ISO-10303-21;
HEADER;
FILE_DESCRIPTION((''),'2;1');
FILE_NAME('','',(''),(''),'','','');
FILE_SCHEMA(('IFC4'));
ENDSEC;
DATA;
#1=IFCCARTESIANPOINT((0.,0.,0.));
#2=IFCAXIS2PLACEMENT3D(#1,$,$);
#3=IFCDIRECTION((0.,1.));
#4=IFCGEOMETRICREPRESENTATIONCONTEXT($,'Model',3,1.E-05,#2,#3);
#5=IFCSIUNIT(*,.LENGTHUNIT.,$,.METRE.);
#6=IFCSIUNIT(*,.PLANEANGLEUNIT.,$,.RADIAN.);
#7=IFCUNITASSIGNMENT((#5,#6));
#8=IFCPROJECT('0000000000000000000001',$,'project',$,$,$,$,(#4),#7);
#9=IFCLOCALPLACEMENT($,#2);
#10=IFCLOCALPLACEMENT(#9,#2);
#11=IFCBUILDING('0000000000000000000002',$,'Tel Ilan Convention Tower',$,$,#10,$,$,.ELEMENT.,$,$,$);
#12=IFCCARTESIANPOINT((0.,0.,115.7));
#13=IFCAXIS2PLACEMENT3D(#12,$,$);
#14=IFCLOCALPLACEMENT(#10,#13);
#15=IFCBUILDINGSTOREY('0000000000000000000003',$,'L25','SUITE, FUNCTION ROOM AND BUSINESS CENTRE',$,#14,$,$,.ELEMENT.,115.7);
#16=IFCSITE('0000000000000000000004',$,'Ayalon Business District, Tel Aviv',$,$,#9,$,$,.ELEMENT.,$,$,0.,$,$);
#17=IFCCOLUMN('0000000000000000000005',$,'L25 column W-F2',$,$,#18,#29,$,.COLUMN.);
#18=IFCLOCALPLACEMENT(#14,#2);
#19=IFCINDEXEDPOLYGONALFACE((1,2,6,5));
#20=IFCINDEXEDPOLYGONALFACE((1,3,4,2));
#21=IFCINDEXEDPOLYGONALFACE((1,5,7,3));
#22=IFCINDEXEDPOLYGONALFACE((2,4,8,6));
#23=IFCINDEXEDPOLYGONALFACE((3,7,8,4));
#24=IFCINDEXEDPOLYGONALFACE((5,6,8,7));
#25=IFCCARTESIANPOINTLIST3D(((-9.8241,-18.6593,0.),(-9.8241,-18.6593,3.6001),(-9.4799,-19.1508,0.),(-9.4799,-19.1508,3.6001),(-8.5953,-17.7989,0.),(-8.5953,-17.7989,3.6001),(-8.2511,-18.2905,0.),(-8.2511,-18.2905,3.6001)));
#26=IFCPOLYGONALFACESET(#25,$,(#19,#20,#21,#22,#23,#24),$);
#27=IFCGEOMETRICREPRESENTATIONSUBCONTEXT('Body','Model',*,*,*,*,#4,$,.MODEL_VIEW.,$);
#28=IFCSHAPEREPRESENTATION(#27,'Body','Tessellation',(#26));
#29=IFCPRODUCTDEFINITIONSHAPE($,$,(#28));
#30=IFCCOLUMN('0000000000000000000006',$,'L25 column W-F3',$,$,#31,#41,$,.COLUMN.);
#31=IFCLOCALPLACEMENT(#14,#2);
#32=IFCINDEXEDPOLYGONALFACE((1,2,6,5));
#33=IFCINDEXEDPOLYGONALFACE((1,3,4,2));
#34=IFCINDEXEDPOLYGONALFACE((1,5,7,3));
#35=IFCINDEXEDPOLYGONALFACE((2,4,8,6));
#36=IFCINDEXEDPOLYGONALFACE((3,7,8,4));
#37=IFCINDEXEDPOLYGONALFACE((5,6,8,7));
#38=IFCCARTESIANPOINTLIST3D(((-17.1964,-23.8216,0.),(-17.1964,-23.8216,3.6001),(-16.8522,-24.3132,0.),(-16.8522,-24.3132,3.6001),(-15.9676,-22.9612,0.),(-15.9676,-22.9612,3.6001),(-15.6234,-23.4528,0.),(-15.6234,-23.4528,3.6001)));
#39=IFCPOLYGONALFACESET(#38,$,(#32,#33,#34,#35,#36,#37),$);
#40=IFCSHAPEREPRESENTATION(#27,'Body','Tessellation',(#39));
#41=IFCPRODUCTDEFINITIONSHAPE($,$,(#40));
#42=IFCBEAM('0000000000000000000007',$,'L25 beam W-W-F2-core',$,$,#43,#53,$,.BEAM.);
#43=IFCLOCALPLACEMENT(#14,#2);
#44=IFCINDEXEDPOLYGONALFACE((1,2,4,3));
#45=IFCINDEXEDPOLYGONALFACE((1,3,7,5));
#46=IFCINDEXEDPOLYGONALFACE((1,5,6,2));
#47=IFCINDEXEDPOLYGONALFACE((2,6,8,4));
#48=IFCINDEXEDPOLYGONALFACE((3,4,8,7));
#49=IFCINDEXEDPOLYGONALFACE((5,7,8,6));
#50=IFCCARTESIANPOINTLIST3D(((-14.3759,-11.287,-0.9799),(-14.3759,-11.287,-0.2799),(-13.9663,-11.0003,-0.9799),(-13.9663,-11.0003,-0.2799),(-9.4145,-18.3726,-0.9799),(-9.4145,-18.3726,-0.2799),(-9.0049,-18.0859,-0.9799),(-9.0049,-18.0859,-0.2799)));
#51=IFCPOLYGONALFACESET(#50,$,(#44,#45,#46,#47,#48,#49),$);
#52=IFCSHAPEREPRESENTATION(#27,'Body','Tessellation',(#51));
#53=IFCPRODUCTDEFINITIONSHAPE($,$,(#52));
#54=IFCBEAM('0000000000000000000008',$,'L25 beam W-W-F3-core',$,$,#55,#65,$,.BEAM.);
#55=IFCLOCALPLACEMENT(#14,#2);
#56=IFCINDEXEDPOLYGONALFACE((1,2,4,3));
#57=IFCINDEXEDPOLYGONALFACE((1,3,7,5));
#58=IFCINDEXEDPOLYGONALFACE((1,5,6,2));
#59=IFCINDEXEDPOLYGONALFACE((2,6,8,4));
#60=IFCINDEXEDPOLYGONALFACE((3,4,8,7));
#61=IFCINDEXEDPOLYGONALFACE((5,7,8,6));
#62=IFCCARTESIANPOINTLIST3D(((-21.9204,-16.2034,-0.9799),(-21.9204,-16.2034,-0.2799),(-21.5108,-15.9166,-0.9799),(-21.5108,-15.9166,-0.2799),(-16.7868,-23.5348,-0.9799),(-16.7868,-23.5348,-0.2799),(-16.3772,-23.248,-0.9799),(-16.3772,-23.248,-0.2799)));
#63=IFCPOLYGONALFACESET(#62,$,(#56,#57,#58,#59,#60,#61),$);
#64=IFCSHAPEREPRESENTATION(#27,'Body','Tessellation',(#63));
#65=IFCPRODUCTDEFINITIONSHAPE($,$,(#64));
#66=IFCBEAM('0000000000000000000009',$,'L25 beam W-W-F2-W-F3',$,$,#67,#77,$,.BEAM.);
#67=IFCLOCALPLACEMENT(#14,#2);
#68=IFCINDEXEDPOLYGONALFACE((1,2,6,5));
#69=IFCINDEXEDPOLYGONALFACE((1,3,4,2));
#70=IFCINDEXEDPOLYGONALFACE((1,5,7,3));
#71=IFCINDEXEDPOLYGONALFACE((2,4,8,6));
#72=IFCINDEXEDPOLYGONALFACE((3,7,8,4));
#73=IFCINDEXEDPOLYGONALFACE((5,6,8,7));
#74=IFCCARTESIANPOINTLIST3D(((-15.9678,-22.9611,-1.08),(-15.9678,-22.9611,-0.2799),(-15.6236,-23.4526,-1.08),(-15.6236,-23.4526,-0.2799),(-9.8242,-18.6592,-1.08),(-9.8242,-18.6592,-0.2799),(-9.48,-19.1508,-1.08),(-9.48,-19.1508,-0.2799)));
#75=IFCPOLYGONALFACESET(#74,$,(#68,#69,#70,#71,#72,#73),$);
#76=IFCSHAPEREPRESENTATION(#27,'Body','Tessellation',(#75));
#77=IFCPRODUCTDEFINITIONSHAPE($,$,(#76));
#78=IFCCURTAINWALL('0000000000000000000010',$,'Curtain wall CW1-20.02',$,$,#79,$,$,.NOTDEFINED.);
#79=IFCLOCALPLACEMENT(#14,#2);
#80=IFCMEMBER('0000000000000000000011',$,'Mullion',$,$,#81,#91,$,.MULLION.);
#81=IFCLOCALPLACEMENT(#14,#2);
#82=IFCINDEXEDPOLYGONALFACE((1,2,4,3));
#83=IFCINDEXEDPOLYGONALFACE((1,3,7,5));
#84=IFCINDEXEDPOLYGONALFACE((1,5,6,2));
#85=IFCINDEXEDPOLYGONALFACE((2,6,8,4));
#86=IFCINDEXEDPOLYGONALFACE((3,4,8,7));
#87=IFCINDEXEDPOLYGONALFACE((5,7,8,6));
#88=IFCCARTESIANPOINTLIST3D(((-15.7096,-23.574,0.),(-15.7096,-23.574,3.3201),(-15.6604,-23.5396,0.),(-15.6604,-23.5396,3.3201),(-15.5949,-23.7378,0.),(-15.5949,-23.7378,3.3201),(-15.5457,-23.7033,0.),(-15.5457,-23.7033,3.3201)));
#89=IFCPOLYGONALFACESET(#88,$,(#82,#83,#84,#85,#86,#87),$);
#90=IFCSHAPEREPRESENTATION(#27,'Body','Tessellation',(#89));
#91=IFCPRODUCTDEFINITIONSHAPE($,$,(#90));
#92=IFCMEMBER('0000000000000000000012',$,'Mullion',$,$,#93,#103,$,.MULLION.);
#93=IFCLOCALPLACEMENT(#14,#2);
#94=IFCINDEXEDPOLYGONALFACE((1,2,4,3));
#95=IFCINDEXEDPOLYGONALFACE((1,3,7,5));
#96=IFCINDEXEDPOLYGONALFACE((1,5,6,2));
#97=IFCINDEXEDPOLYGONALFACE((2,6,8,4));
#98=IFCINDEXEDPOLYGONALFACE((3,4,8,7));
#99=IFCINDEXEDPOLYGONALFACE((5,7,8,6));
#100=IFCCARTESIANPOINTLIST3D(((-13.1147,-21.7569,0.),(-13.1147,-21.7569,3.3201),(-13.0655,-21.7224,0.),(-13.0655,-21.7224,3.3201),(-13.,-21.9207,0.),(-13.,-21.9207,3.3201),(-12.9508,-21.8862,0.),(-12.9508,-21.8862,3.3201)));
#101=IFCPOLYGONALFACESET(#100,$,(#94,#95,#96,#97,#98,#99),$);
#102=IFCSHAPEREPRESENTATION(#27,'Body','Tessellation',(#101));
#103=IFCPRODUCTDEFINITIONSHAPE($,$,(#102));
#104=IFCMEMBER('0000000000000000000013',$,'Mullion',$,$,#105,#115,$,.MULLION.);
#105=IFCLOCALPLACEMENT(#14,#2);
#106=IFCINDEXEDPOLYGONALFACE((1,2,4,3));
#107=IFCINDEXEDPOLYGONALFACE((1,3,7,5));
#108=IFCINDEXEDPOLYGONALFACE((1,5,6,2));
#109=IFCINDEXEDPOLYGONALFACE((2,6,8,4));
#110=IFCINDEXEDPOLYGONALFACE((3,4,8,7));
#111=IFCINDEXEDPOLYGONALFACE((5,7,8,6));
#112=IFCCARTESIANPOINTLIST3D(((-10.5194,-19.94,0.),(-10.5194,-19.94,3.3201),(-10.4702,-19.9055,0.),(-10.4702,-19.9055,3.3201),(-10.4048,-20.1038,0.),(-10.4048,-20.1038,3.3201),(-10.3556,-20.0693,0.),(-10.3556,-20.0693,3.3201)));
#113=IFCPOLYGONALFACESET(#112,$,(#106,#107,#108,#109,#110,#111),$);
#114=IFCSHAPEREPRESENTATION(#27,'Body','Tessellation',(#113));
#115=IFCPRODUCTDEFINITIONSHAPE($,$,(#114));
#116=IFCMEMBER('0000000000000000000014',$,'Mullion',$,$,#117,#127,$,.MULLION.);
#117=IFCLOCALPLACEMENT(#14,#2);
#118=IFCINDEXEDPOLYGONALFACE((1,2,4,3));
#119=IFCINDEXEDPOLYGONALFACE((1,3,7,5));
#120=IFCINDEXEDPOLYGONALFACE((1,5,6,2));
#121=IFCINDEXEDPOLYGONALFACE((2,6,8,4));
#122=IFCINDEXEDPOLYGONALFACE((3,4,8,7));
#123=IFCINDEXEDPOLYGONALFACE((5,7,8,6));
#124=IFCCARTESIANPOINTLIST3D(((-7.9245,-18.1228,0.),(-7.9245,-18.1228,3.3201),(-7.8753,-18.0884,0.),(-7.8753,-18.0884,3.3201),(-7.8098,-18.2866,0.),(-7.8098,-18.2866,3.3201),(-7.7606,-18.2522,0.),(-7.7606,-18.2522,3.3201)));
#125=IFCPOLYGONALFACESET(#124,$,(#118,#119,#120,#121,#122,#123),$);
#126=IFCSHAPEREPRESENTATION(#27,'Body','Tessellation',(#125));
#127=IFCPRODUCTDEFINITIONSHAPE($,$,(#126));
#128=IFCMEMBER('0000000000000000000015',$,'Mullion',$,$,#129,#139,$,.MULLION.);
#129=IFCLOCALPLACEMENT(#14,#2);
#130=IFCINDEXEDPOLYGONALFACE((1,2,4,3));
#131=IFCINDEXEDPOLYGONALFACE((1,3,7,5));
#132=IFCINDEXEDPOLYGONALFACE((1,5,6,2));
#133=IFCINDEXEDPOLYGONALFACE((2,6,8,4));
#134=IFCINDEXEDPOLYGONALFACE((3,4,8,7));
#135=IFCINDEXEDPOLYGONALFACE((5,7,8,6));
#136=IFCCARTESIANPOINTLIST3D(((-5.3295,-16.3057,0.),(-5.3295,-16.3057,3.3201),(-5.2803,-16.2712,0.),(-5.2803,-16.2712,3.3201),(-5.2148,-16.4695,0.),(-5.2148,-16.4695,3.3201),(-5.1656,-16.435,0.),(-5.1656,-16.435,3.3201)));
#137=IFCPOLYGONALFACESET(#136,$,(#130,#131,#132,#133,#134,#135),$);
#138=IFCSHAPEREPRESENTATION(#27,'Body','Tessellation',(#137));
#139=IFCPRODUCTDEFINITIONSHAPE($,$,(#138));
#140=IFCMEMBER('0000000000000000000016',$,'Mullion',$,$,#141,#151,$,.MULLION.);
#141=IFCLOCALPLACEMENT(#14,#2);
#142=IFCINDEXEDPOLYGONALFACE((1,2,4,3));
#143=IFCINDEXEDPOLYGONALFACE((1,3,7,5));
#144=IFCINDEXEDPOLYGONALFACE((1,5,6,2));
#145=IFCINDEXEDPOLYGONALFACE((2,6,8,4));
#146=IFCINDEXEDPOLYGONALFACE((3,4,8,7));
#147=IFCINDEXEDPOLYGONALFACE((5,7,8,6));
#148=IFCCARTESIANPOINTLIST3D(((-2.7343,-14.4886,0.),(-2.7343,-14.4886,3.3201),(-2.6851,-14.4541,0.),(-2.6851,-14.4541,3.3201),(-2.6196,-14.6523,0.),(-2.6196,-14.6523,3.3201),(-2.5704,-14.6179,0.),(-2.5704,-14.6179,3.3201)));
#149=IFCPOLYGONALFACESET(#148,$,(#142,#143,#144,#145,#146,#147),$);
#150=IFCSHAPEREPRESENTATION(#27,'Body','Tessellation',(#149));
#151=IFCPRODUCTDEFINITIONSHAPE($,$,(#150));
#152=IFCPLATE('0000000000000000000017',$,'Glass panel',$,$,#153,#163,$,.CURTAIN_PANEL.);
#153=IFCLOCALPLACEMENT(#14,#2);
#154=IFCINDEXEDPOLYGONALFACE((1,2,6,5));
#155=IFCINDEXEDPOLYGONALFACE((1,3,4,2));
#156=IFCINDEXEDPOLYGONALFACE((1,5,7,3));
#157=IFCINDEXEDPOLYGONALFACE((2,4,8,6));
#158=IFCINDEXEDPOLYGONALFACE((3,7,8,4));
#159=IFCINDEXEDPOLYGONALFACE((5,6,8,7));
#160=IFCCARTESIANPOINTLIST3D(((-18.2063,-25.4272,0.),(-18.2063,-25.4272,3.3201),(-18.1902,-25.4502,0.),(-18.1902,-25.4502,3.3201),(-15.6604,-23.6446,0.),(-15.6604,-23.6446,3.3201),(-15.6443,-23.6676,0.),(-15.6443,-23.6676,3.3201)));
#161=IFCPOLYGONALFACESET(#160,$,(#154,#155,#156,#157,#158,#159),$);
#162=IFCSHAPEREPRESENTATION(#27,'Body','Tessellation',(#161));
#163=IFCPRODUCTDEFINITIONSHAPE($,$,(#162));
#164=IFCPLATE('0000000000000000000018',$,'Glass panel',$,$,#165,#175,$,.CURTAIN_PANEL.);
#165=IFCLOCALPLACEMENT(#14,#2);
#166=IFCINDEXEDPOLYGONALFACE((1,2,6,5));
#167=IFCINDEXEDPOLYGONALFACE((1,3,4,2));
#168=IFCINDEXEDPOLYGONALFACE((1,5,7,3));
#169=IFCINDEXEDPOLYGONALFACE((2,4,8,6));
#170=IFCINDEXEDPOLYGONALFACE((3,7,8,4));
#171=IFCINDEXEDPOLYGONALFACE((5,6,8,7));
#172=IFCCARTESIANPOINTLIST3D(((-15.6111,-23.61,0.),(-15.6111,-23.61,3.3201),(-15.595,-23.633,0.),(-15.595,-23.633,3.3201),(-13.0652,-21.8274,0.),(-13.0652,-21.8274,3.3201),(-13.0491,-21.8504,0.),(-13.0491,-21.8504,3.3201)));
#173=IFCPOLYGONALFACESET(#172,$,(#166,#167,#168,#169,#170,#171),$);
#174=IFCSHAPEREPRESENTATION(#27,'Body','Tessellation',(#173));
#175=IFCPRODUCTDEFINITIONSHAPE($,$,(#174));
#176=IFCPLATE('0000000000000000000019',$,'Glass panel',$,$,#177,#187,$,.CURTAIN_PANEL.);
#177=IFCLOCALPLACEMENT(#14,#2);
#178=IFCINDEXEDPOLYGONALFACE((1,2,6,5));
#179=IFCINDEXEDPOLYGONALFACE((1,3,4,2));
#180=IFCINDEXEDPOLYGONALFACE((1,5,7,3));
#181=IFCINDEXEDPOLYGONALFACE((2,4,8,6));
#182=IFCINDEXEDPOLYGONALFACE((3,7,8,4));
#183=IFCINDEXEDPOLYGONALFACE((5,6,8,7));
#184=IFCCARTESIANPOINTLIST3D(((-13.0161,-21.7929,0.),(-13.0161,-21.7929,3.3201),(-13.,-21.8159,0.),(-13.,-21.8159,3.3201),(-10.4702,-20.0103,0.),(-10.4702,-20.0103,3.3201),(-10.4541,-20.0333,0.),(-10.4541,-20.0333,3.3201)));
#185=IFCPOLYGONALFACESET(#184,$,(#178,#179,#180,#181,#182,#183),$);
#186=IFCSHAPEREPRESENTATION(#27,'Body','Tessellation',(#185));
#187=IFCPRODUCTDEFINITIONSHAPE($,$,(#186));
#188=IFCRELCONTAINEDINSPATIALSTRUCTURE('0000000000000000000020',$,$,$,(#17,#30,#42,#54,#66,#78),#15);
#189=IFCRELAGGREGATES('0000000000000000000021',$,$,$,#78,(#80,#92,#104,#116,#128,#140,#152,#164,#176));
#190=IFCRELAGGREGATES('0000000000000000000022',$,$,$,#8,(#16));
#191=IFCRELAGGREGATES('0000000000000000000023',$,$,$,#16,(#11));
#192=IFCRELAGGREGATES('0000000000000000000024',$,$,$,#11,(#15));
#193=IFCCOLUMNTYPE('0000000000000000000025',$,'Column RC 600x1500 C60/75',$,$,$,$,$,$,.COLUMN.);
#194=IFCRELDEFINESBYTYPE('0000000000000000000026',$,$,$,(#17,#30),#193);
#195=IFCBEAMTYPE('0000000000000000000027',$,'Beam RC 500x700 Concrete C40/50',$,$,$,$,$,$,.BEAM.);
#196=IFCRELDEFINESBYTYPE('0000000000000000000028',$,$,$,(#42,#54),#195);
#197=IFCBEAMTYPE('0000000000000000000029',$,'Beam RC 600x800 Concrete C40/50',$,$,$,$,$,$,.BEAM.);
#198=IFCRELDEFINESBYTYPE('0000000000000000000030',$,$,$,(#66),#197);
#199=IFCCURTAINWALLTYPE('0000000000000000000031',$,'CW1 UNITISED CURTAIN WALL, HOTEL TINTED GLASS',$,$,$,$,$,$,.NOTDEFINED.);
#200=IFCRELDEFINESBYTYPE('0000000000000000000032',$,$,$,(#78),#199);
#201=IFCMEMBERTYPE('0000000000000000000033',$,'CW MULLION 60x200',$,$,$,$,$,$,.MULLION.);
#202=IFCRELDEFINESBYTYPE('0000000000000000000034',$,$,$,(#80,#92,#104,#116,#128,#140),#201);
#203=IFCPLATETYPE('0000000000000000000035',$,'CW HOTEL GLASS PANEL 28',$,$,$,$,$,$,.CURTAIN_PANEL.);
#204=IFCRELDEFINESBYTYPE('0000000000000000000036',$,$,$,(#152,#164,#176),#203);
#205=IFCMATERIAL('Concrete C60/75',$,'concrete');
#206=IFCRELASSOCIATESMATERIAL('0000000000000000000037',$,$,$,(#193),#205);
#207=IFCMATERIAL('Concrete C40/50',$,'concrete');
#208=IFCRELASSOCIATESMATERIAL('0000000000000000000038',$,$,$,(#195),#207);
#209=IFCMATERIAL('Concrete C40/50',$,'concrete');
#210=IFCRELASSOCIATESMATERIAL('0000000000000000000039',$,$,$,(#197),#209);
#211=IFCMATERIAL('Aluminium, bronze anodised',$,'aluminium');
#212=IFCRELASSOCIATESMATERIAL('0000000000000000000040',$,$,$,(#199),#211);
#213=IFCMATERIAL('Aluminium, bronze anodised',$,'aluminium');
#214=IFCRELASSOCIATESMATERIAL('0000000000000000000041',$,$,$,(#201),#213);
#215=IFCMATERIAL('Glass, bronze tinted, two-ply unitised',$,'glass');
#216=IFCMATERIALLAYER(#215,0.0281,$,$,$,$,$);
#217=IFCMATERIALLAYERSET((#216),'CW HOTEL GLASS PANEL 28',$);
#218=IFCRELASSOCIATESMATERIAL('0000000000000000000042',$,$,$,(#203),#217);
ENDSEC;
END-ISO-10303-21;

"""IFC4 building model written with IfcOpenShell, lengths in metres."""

from ifc_helpers import new_model, si_unit, direction, frame, origin, origin_2d, place, context, subcontext, project, spatial, rectangle, extrude, material, layer, layer_set, material_profile, profile_set, type_object, element, aggregate, save


model = new_model("IFC4")

# Units and contexts
model_context = context("Model", 3, precision=1e-05, world=origin(), true_north=direction((0.0, 1.0)))
body_context = subcontext(model_context, "Body", "Model", "MODEL_VIEW")
ifc_project = project(units=[si_unit("LENGTHUNIT", "METRE"), si_unit("PLANEANGLEUNIT", "RADIAN")], contexts=[model_context])

# Site, building, storey
site_placement = place(None, origin())
site = spatial("IfcSite", under=ifc_project, at=site_placement, Name="Ayalon Business District, Tel Aviv", CompositionType="ELEMENT", RefElevation=0.0)
building_placement = place(site_placement, origin())
building = spatial("IfcBuilding", under=site, at=building_placement, Name="Tel Ilan Convention Tower", CompositionType="ELEMENT")
storey_placement = place(building_placement, frame((0.0, 0.0, 115.7)))
storey = spatial("IfcBuildingStorey", under=building, at=storey_placement, Name="L25", Description="SUITE, FUNCTION ROOM AND BUSINESS CENTRE", CompositionType="ELEMENT", Elevation=115.7)

# Columns
ifc_material_1 = material(Name="Concrete C60/75", Category="concrete")
ifc_material_profile_1 = material_profile(ifc_material_1, rectangle(XDim=1.5, YDim=0.6001, at=origin_2d()), Name="RC 600x1500")
ifc_profile_set_1 = profile_set([ifc_material_profile_1], Name="Concrete C60/75")
column_type = type_object("IfcColumnType", Name="Column RC 600x1500 C60/75", PredefinedType="COLUMN", material=ifc_profile_set_1)
for number, where, z_axis, x_axis, name in (
    (1, (-9.0376, -18.4749, 0.0), (0.0, 0.0, 1.0), (-0.819152, -0.573576, 0.0), "L25 column W-F2"),
    (2, (-16.4099, -23.6372, 0.0), (0.0, 0.0, 1.0), (-0.819152, -0.573576, 0.0), "L25 column W-F3"),
):
    element("IfcColumn", number, at=place(storey_placement, frame(where, z_axis=z_axis, x_axis=x_axis)), inside=storey, type_object=column_type, Name=name, PredefinedType="COLUMN", context=body_context, shape_type="SweptSolid", body=[
        extrude(rectangle(XDim=1.5, YDim=0.6001, at=origin_2d()), origin(), (0.0, 0.0, 1.0), 3.6001),
    ])

# Beams
ifc_material_2 = material(Name="Concrete C40/50", Category="concrete")
ifc_material_profile_2 = material_profile(ifc_material_2, rectangle(XDim=0.5, YDim=0.7, at=origin_2d()), Name="RC 500x700")
ifc_profile_set_2 = profile_set([ifc_material_profile_2], Name="Concrete C40/50")
beam_type_1 = type_object("IfcBeamType", Name="Beam RC 500x700 Concrete C40/50", PredefinedType="BEAM", material=ifc_profile_set_2)
beam_1_placement = place(storey_placement, frame((-9.2097, -18.2292, -0.6299), z_axis=(-0.573574, 0.819154, 0.0), x_axis=(-0.819154, -0.573574, 0.0)))
element("IfcBeam", 3, at=beam_1_placement, inside=storey, type_object=beam_type_1, Name="L25 beam W-W-F2-core", PredefinedType="BEAM", context=body_context, shape_type="SweptSolid", body=[
    extrude(rectangle(XDim=0.5, YDim=0.7, at=origin_2d()), origin(), (0.0, 0.0, 1.0), 8.6499),
])
beam_2_placement = place(storey_placement, frame((-16.582, -23.3914, -0.6299), z_axis=(-0.573585, 0.819146, 0.0), x_axis=(-0.819146, -0.573585, 0.0)))
element("IfcBeam", 4, at=beam_2_placement, inside=storey, type_object=beam_type_1, Name="L25 beam W-W-F3-core", PredefinedType="BEAM", context=body_context, shape_type="SweptSolid", body=[
    extrude(rectangle(XDim=0.5, YDim=0.7, at=origin_2d()), origin(), (0.0, 0.0, 1.0), 8.95),
])
ifc_material_3 = material(Name="Concrete C40/50", Category="concrete")
ifc_material_profile_3 = material_profile(ifc_material_3, rectangle(XDim=0.6001, YDim=0.8, at=origin_2d()), Name="RC 600x800")
ifc_profile_set_3 = profile_set([ifc_material_profile_3], Name="Concrete C40/50")
beam_type_2 = type_object("IfcBeamType", Name="Beam RC 600x800 Concrete C40/50", PredefinedType="BEAM", material=ifc_profile_set_3)
beam_3_placement = place(storey_placement, frame((-9.6521, -18.905, -0.6799), z_axis=(-0.819152, -0.573576, 0.0), x_axis=(0.573576, -0.819152, 0.0)))
element("IfcBeam", 5, at=beam_3_placement, inside=storey, type_object=beam_type_2, Name="L25 beam W-W-F2-W-F3", PredefinedType="BEAM", context=body_context, shape_type="SweptSolid", body=[
    extrude(rectangle(XDim=0.6001, YDim=0.8, at=origin_2d()), origin(), (0.0, 0.0, 1.0), 7.5),
])

# Curtain wall, members, plates
ifc_material_4 = material(Name="Aluminium, bronze anodised", Category="aluminium")
curtain_wall_type = type_object("IfcCurtainWallType", Name="CW1 UNITISED CURTAIN WALL, HOTEL TINTED GLASS", PredefinedType="NOTDEFINED", material=ifc_material_4)
curtain_wall_placement = place(storey_placement, origin())
curtain_wall = element("IfcCurtainWall", 6, at=curtain_wall_placement, inside=storey, type_object=curtain_wall_type, Name="Curtain wall CW1-20.02", PredefinedType="NOTDEFINED")
ifc_material_5 = material(Name="Aluminium, bronze anodised", Category="aluminium")
ifc_material_profile_4 = material_profile(ifc_material_5, rectangle(XDim=0.0601, YDim=0.2, at=origin_2d()), Name="CW MULLION 60x200")
ifc_profile_set_4 = profile_set([ifc_material_profile_4], Name="Aluminium, bronze anodised")
member_type = type_object("IfcMemberType", Name="CW MULLION 60x200", PredefinedType="MULLION", material=ifc_profile_set_4)
member_1_placement = place(storey_placement, frame((-15.6277, -23.6387, 0.0), z_axis=(0.0, 0.0, 1.0), x_axis=(0.819152, 0.573576, 0.0)))
member_1 = element("IfcMember", 7, at=member_1_placement, type_object=member_type, Name="Mullion", PredefinedType="MULLION", context=body_context, shape_type="SweptSolid", body=[
    extrude(rectangle(XDim=0.0601, YDim=0.2, at=origin_2d()), origin(), (0.0, 0.0, 1.0), 3.3201),
])
member_2_placement = place(storey_placement, frame((-13.0327, -21.8215, 0.0), z_axis=(0.0, 0.0, 1.0), x_axis=(0.819152, 0.573576, 0.0)))
member_2 = element("IfcMember", 8, at=member_2_placement, type_object=member_type, Name="Mullion", PredefinedType="MULLION", context=body_context, shape_type="SweptSolid", body=[
    extrude(rectangle(XDim=0.0601, YDim=0.2, at=origin_2d()), origin(), (0.0, 0.0, 1.0), 3.3201),
])
member_3_placement = place(storey_placement, frame((-10.4375, -20.0046, 0.0), z_axis=(0.0, 0.0, 1.0), x_axis=(0.819152, 0.573576, 0.0)))
member_3 = element("IfcMember", 9, at=member_3_placement, type_object=member_type, Name="Mullion", PredefinedType="MULLION", context=body_context, shape_type="SweptSolid", body=[
    extrude(rectangle(XDim=0.0601, YDim=0.2, at=origin_2d()), origin(), (0.0, 0.0, 1.0), 3.3201),
])
member_4_placement = place(storey_placement, frame((-7.8425, -18.1875, 0.0), z_axis=(0.0, 0.0, 1.0), x_axis=(0.819152, 0.573576, 0.0)))
member_4 = element("IfcMember", 10, at=member_4_placement, type_object=member_type, Name="Mullion", PredefinedType="MULLION", context=body_context, shape_type="SweptSolid", body=[
    extrude(rectangle(XDim=0.0601, YDim=0.2, at=origin_2d()), origin(), (0.0, 0.0, 1.0), 3.3201),
])
member_5_placement = place(storey_placement, frame((-5.2476, -16.3704, 0.0), z_axis=(0.0, 0.0, 1.0), x_axis=(0.819152, 0.573576, 0.0)))
member_5 = element("IfcMember", 11, at=member_5_placement, type_object=member_type, Name="Mullion", PredefinedType="MULLION", context=body_context, shape_type="SweptSolid", body=[
    extrude(rectangle(XDim=0.0601, YDim=0.2, at=origin_2d()), origin(), (0.0, 0.0, 1.0), 3.3201),
])
member_6_placement = place(storey_placement, frame((-2.6523, -14.5532, 0.0), z_axis=(0.0, 0.0, 1.0), x_axis=(0.819152, 0.573576, 0.0)))
member_6 = element("IfcMember", 12, at=member_6_placement, type_object=member_type, Name="Mullion", PredefinedType="MULLION", context=body_context, shape_type="SweptSolid", body=[
    extrude(rectangle(XDim=0.0601, YDim=0.2, at=origin_2d()), origin(), (0.0, 0.0, 1.0), 3.3201),
])
ifc_material_6 = material(Name="Glass, bronze tinted, two-ply unitised", Category="glass")
ifc_layer_1 = layer(ifc_material_6, 0.0281)
ifc_layer_set_1 = layer_set([ifc_layer_1], Name="CW HOTEL GLASS PANEL 28")
plate_type = type_object("IfcPlateType", Name="CW HOTEL GLASS PANEL 28", PredefinedType="CURTAIN_PANEL", material=ifc_layer_set_1)
plate_1_placement = place(storey_placement, frame((-16.9253, -24.5474, 0.0), z_axis=(0.0, 0.0, 1.0), x_axis=(0.819152, 0.573576, 0.0)))
plate_1 = element("IfcPlate", 13, at=plate_1_placement, type_object=plate_type, Name="Glass panel", PredefinedType="CURTAIN_PANEL", context=body_context, shape_type="SweptSolid", body=[
    extrude(rectangle(XDim=3.1079, YDim=0.0281, at=origin_2d()), origin(), (0.0, 0.0, 1.0), 3.3201),
])
plate_2_placement = place(storey_placement, frame((-14.3301, -22.7302, 0.0), z_axis=(0.0, 0.0, 1.0), x_axis=(0.819152, 0.573576, 0.0)))
plate_2 = element("IfcPlate", 14, at=plate_2_placement, type_object=plate_type, Name="Glass panel", PredefinedType="CURTAIN_PANEL", context=body_context, shape_type="SweptSolid", body=[
    extrude(rectangle(XDim=3.1079, YDim=0.0281, at=origin_2d()), origin(), (0.0, 0.0, 1.0), 3.3201),
])
plate_3_placement = place(storey_placement, frame((-11.7351, -20.9131, 0.0), z_axis=(0.0, 0.0, 1.0), x_axis=(0.819152, 0.573576, 0.0)))
plate_3 = element("IfcPlate", 15, at=plate_3_placement, type_object=plate_type, Name="Glass panel", PredefinedType="CURTAIN_PANEL", context=body_context, shape_type="SweptSolid", body=[
    extrude(rectangle(XDim=3.1079, YDim=0.0281, at=origin_2d()), origin(), (0.0, 0.0, 1.0), 3.3201),
])
aggregate(curtain_wall, [member_1, member_2, member_3, member_4, member_5, member_6, plate_1, plate_2, plate_3])

save(model, "model.ifc")
